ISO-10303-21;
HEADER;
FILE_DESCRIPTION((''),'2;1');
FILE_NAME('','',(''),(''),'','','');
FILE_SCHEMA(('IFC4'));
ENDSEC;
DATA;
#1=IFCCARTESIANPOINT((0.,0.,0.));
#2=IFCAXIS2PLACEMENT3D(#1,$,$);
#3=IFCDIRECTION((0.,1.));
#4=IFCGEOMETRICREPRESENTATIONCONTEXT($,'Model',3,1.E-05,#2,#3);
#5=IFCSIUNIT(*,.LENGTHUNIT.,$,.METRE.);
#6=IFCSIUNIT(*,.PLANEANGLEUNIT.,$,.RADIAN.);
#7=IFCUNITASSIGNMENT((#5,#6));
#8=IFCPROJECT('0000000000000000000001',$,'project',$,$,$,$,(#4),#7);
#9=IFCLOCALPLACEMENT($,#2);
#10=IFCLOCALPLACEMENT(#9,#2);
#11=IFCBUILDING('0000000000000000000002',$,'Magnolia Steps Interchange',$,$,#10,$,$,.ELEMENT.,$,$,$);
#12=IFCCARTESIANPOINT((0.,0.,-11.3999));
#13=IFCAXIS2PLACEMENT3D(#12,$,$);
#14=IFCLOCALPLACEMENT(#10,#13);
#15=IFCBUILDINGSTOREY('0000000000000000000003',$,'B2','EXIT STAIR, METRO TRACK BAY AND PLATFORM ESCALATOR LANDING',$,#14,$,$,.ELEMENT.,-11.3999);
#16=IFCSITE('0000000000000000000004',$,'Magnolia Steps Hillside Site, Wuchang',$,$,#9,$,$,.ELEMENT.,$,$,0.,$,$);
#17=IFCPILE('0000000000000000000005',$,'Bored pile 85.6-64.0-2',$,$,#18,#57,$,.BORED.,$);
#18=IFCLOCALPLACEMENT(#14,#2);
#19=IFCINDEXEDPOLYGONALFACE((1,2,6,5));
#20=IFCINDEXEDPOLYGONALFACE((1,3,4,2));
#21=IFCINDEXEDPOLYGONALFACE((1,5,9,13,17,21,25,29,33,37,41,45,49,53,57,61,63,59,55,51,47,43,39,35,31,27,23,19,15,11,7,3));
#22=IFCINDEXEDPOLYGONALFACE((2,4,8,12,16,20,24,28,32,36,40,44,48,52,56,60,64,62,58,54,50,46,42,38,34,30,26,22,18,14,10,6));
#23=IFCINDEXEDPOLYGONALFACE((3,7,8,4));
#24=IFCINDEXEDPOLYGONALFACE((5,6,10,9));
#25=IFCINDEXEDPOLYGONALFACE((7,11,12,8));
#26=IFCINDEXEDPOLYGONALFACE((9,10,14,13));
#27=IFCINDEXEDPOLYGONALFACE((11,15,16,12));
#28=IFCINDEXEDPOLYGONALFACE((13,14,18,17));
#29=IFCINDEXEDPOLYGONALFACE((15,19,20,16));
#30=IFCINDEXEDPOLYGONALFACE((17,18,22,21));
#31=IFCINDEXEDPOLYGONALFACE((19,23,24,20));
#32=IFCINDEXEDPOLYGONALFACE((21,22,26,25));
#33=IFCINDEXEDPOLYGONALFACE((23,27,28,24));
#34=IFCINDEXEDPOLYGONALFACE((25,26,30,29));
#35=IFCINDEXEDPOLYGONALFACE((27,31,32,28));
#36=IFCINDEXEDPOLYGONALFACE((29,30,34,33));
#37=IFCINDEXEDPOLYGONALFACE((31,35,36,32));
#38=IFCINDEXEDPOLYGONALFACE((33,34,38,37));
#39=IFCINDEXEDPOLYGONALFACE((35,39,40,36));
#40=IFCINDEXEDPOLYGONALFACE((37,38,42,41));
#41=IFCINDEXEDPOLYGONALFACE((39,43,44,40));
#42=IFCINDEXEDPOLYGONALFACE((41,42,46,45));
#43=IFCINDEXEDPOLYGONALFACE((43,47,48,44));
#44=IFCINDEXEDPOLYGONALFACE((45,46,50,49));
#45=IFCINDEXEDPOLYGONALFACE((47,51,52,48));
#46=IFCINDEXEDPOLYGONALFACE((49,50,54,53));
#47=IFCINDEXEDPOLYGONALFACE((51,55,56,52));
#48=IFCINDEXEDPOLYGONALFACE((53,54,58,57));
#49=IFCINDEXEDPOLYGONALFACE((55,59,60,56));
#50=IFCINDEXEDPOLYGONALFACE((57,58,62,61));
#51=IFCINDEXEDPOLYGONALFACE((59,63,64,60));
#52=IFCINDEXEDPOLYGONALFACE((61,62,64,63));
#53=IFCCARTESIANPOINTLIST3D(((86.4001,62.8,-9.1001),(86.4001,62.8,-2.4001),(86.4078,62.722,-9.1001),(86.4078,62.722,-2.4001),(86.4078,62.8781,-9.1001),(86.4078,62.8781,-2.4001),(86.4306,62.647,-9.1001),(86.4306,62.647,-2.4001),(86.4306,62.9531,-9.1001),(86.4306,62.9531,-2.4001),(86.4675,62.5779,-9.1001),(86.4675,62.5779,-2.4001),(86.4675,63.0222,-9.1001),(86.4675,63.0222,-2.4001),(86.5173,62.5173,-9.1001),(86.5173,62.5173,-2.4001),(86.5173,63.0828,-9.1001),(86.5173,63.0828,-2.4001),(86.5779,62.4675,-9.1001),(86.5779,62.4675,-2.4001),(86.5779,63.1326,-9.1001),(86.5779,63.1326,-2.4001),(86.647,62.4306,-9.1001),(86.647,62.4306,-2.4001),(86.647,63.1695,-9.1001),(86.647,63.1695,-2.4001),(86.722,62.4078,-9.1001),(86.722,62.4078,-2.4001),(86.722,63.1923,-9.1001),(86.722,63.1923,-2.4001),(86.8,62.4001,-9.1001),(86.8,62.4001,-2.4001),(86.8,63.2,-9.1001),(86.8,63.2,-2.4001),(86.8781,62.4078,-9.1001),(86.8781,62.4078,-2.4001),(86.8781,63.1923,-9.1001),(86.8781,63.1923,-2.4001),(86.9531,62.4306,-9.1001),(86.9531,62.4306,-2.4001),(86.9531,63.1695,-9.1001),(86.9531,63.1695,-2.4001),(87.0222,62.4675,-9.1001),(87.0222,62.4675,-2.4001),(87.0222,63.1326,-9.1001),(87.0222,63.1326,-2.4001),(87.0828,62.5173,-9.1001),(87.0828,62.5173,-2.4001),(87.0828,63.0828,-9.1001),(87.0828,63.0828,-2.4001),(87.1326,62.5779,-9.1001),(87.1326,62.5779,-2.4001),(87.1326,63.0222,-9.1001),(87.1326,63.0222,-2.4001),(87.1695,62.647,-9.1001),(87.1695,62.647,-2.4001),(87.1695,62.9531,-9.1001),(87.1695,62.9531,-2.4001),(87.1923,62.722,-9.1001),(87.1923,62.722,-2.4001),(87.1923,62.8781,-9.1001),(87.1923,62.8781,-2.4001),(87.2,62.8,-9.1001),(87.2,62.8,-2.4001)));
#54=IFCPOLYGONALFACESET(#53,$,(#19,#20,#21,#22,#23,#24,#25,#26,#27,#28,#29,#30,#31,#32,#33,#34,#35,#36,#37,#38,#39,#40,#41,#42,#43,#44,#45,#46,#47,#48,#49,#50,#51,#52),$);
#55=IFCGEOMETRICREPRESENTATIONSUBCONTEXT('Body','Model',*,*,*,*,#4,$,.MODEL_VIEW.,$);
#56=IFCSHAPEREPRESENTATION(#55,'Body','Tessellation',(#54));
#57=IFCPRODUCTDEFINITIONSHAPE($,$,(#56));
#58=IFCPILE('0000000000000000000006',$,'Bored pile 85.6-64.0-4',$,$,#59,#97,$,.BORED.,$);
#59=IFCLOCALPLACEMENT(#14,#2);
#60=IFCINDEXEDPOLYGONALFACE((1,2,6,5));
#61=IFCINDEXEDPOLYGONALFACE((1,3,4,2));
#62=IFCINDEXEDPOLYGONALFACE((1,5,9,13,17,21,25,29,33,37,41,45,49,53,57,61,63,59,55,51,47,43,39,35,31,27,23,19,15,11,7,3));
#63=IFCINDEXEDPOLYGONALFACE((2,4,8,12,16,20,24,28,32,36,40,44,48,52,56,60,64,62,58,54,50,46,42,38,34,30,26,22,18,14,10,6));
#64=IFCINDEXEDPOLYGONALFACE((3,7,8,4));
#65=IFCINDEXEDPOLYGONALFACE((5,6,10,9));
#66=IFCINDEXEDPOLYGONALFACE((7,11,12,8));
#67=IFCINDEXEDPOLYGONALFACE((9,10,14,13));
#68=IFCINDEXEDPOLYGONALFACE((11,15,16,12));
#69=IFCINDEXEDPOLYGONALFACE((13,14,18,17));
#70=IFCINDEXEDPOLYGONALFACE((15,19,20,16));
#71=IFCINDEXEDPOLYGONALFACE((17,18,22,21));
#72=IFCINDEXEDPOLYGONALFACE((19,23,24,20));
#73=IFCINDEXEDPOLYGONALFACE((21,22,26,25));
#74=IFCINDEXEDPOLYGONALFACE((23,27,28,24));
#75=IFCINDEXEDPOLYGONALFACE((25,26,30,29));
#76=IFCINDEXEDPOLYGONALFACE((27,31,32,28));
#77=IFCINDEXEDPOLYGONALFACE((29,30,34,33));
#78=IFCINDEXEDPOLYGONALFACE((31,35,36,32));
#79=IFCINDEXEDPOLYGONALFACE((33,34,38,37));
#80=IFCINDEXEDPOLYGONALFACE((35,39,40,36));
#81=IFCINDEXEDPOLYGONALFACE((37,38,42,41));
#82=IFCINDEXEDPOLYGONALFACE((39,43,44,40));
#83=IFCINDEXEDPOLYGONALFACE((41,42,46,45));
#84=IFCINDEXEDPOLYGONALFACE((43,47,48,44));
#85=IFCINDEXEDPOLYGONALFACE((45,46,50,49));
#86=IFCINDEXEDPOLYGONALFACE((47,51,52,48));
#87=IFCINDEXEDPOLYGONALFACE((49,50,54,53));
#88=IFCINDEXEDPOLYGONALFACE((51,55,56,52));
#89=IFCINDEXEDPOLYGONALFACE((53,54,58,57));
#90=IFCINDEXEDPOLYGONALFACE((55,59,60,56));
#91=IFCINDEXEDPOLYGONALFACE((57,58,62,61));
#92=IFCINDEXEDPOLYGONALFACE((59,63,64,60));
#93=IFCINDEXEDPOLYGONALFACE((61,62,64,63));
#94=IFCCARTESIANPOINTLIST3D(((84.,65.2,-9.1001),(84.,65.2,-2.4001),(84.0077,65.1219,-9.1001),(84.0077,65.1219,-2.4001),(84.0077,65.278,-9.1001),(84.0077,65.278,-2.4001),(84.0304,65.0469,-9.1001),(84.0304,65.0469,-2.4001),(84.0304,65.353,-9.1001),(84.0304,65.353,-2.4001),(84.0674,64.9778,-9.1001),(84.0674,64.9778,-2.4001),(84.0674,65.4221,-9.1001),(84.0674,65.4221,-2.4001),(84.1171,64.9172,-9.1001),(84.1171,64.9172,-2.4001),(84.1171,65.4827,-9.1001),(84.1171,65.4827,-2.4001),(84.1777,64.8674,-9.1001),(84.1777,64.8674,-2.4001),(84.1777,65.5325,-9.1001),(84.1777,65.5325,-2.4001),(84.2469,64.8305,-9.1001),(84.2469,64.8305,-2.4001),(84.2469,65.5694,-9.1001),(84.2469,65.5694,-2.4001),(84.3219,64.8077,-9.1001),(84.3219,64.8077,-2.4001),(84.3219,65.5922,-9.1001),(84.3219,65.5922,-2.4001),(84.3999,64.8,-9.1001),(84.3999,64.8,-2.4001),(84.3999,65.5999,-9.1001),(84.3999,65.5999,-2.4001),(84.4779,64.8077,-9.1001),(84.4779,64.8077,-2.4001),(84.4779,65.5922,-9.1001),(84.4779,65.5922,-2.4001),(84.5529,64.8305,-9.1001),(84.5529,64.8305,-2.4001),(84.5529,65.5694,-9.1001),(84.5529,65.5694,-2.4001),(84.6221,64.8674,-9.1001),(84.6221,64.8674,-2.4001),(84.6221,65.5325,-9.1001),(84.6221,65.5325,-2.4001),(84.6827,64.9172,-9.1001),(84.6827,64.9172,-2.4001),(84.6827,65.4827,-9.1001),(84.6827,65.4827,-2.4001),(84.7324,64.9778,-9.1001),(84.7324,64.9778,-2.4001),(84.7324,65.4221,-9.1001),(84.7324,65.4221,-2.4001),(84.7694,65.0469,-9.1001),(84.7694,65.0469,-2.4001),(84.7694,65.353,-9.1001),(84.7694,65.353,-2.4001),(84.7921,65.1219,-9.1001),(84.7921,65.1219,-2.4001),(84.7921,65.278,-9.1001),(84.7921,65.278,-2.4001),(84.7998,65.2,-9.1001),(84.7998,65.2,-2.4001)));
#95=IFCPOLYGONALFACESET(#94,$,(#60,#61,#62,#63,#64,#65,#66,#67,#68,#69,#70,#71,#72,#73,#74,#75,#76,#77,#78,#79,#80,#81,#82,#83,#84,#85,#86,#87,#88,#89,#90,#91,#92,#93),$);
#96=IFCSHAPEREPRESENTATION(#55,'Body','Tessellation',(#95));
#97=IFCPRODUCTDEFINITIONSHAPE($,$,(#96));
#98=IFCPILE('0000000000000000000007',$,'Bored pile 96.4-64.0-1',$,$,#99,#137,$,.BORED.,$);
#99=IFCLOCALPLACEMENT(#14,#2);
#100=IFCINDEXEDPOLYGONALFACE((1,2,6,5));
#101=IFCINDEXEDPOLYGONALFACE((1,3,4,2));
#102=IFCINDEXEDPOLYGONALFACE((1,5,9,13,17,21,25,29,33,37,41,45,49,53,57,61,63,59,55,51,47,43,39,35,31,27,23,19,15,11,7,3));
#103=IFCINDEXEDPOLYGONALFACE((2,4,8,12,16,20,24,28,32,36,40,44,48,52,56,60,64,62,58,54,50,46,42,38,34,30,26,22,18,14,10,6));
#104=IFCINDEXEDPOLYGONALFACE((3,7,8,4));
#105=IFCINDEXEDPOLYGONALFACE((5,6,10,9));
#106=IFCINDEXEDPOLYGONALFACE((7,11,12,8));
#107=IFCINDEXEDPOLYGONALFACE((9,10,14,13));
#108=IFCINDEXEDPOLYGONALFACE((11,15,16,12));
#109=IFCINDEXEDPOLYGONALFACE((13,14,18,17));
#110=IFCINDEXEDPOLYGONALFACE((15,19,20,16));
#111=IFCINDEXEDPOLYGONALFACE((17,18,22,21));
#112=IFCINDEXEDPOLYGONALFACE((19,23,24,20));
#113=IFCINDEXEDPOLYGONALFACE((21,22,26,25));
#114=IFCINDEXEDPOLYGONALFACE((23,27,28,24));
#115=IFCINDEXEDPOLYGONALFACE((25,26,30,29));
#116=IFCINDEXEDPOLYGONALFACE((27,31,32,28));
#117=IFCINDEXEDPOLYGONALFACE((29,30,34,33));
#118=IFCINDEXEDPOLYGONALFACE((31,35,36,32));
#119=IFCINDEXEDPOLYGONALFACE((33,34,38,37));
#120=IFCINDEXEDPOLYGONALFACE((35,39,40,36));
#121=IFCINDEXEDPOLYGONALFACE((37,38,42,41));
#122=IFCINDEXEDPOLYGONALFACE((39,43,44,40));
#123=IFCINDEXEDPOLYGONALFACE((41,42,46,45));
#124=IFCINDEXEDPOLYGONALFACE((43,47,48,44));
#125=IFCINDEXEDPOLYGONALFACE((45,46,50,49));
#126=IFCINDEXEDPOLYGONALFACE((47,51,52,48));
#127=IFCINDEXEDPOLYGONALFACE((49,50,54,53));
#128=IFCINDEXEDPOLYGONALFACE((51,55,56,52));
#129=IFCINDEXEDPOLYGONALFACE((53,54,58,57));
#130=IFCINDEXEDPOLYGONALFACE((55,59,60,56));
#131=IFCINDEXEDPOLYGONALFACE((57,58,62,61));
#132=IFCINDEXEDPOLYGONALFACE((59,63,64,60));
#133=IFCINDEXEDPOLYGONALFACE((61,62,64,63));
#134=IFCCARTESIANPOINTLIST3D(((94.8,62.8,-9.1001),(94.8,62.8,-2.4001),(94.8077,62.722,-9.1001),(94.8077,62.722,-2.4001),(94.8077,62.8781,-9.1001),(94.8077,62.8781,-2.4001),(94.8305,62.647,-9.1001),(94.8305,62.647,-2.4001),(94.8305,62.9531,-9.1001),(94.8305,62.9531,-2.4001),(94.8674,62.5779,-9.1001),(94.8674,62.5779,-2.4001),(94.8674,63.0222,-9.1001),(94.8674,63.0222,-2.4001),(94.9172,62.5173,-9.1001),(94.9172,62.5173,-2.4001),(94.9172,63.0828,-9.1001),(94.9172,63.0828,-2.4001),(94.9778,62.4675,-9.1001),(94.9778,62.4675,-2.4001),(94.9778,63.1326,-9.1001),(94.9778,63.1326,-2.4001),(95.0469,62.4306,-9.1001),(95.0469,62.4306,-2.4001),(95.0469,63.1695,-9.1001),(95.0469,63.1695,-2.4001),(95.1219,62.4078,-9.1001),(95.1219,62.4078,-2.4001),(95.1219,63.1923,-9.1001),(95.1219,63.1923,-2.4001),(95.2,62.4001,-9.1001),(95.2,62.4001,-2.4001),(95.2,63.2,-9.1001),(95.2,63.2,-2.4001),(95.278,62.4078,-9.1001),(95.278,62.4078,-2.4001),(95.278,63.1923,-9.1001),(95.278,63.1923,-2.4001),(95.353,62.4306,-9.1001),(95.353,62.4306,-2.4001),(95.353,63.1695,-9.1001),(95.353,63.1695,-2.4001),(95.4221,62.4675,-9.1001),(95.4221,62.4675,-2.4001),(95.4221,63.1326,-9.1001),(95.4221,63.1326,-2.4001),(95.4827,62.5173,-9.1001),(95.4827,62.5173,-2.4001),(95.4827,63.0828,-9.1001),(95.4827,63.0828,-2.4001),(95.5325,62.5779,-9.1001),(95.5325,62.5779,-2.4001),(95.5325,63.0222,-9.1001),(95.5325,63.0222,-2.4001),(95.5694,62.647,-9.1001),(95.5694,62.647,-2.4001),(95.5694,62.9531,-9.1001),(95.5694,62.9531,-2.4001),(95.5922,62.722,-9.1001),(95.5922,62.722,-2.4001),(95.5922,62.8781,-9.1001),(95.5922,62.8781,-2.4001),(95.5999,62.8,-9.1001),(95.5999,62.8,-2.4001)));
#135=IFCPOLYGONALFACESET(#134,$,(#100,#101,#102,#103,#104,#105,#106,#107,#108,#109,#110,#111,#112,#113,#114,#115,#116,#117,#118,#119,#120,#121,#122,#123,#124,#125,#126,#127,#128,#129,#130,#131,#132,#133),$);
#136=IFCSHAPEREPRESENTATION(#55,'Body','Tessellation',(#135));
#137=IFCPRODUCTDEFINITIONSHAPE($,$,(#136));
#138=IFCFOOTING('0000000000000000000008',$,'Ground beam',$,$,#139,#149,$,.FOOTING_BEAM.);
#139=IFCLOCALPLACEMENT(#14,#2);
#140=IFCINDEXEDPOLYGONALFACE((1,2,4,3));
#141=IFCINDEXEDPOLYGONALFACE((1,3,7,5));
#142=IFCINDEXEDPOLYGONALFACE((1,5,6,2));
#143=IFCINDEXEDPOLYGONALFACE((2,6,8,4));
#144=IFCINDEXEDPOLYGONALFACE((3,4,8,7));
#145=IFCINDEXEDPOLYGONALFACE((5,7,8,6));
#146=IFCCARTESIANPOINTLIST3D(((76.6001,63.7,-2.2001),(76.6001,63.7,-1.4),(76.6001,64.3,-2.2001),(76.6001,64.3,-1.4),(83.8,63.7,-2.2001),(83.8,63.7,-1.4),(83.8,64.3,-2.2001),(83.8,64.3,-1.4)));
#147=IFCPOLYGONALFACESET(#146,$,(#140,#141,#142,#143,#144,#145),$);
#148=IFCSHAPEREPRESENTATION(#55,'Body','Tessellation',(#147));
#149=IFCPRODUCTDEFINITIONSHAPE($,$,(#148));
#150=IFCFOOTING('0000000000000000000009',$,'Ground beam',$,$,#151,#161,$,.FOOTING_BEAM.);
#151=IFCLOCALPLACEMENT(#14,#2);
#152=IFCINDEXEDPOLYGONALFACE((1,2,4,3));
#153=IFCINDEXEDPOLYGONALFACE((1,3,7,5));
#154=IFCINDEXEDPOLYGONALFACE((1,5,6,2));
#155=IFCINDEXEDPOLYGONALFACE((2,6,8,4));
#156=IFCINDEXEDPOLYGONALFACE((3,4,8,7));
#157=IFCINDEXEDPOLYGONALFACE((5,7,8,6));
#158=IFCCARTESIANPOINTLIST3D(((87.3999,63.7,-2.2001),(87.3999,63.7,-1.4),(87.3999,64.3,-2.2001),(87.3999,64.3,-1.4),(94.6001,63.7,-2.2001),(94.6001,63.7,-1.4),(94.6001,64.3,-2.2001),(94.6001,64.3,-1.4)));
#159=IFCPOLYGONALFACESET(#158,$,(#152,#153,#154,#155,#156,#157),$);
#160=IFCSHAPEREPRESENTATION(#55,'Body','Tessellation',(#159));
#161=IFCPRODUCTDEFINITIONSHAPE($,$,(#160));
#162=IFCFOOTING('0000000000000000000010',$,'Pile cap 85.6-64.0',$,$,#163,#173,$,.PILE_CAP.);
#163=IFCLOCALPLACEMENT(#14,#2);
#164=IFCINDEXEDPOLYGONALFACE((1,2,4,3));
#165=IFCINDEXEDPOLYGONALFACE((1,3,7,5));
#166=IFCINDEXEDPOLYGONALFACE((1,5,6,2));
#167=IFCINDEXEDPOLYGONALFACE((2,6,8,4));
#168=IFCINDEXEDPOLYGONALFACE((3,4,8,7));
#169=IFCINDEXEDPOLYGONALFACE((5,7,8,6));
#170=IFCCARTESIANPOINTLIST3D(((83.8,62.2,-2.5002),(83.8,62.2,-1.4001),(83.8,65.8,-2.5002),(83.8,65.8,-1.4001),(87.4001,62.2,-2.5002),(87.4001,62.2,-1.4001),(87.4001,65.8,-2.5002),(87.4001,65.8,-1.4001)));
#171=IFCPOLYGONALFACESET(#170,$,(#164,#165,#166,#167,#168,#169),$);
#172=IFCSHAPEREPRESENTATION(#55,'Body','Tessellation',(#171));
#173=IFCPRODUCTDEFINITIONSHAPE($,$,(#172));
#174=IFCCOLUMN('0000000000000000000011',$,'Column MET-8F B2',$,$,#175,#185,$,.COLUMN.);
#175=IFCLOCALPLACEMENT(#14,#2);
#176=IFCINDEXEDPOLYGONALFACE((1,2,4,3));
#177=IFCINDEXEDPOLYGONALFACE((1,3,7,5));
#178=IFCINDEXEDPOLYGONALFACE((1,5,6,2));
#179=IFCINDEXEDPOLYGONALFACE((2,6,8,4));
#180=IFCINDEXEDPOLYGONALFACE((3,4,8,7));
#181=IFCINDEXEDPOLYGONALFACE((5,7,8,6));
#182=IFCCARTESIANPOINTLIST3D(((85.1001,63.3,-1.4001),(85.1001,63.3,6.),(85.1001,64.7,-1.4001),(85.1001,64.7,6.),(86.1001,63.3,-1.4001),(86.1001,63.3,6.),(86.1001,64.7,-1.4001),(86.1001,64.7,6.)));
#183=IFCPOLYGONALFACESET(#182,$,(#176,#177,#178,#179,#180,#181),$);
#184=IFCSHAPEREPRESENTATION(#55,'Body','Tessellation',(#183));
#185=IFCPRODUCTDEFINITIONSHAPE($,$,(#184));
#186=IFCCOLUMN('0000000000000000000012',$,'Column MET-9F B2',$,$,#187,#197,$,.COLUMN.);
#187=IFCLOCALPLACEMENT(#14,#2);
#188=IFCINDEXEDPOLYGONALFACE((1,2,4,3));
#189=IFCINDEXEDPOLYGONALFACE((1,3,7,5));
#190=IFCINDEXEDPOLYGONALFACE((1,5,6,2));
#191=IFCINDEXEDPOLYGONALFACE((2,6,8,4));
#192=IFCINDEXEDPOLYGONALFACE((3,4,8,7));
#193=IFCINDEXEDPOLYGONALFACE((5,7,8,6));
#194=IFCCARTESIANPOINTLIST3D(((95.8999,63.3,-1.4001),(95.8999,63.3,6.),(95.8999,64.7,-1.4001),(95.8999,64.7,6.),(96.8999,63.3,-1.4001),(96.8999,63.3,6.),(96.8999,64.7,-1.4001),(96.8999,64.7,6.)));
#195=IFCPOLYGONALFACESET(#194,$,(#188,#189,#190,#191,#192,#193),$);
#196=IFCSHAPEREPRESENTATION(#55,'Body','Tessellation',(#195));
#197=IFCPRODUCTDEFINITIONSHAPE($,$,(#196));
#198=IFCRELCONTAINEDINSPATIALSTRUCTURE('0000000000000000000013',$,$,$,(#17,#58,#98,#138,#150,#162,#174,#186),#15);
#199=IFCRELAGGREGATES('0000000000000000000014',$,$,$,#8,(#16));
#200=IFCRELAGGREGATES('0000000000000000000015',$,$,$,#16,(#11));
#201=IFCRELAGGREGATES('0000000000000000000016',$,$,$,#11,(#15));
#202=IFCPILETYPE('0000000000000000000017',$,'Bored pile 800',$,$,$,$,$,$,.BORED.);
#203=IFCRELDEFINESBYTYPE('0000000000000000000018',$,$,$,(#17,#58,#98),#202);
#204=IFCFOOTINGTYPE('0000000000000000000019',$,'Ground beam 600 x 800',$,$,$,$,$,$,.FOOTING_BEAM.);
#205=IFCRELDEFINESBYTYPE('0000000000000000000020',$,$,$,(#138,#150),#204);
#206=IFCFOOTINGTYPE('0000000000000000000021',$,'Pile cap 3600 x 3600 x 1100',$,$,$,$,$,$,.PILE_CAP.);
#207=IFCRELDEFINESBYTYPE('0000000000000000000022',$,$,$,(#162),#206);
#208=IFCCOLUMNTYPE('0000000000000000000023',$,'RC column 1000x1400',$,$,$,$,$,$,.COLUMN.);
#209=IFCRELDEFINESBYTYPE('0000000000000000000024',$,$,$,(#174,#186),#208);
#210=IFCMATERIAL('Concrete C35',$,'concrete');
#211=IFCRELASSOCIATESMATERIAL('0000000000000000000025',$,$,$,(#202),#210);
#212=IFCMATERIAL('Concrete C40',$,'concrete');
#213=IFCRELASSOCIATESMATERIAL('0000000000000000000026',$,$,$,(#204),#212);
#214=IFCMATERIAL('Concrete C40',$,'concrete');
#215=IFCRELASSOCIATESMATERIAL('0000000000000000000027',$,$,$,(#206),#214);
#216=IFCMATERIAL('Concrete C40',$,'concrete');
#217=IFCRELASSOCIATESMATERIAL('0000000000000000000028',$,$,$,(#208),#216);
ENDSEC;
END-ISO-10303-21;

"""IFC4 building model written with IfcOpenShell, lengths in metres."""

from ifc_helpers import new_model, si_unit, direction, frame, origin, origin_2d, place, context, subcontext, project, spatial, rectangle, circle, extrude, material, material_profile, profile_set, type_object, element, save


model = new_model("IFC4")

# Units and contexts
model_context = context("Model", 3, precision=1e-05, world=origin(), true_north=direction((0.0, 1.0)))
body_context = subcontext(model_context, "Body", "Model", "MODEL_VIEW")
ifc_project = project(units=[si_unit("LENGTHUNIT", "METRE"), si_unit("PLANEANGLEUNIT", "RADIAN")], contexts=[model_context])

# Site, building, storey
site_placement = place(None, origin())
site = spatial("IfcSite", under=ifc_project, at=site_placement, Name="Magnolia Steps Hillside Site, Wuchang", CompositionType="ELEMENT", RefElevation=0.0)
building_placement = place(site_placement, origin())
building = spatial("IfcBuilding", under=site, at=building_placement, Name="Magnolia Steps Interchange", CompositionType="ELEMENT")
storey_placement = place(building_placement, frame((0.0, 0.0, -11.3999)))
storey = spatial("IfcBuildingStorey", under=building, at=storey_placement, Name="B2", Description="EXIT STAIR, METRO TRACK BAY AND PLATFORM ESCALATOR LANDING", CompositionType="ELEMENT", Elevation=-11.3999)

# Piles
ifc_material_1 = material(Name="Concrete C35", Category="concrete")
ifc_material_profile_1 = material_profile(ifc_material_1, circle(Radius=0.3999, at=origin_2d()), Name="Bored pile 800")
ifc_profile_set_1 = profile_set([ifc_material_profile_1], Name="Concrete C35")
pile_type_1 = type_object("IfcPileType", Name="Bored pile 800", PredefinedType="BORED", material=ifc_profile_set_1)
for number, where, z_axis, x_axis, name in (
    (1, (86.8, 62.8, -2.4001), (0.0, 0.0, -1.0), (1.0, 0.0, 0.0), "Bored pile 85.6-64.0-2"),
    (2, (84.3999, 65.2, -2.4001), (0.0, 0.0, -1.0), (1.0, 0.0, 0.0), "Bored pile 85.6-64.0-4"),
    (3, (95.2, 62.8, -2.4001), (0.0, 0.0, -1.0), (1.0, 0.0, 0.0), "Bored pile 96.4-64.0-1"),
):
    element("IfcPile", number, at=place(storey_placement, frame(where, z_axis=z_axis, x_axis=x_axis)), inside=storey, type_object=pile_type_1, Name=name, PredefinedType="BORED", context=body_context, shape_type="SweptSolid", body=[
        extrude(circle(Radius=0.3999, at=origin_2d()), origin(), (0.0, 0.0, 1.0), 6.7),
    ])

# Footings
ifc_material_2 = material(Name="Concrete C40", Category="concrete")
ifc_material_profile_2 = material_profile(ifc_material_2, rectangle(XDim=0.6001, YDim=0.8, at=origin_2d()), Name="RC600x800")
ifc_profile_set_2 = profile_set([ifc_material_profile_2], Name="Concrete C40")
footing_type_1 = type_object("IfcFootingType", Name="Ground beam 600 x 800", PredefinedType="FOOTING_BEAM", material=ifc_profile_set_2)
footing_1_placement = place(storey_placement, frame((76.6001, 64.0, -1.8), z_axis=(1.0, 0.0, 0.0), x_axis=(0.0, 1.0, 0.0)))
element("IfcFooting", 4, at=footing_1_placement, inside=storey, type_object=footing_type_1, Name="Ground beam", PredefinedType="FOOTING_BEAM", context=body_context, shape_type="SweptSolid", body=[
    extrude(rectangle(XDim=0.6001, YDim=0.8, at=origin_2d()), origin(), (0.0, 0.0, 1.0), 7.2),
])
footing_2_placement = place(storey_placement, frame((87.3999, 64.0, -1.8), z_axis=(1.0, 0.0, 0.0), x_axis=(0.0, 1.0, 0.0)))
element("IfcFooting", 5, at=footing_2_placement, inside=storey, type_object=footing_type_1, Name="Ground beam", PredefinedType="FOOTING_BEAM", context=body_context, shape_type="SweptSolid", body=[
    extrude(rectangle(XDim=0.6001, YDim=0.8, at=origin_2d()), origin(), (0.0, 0.0, 1.0), 7.2002),
])
ifc_material_3 = material(Name="Concrete C40", Category="concrete")
footing_type_2 = type_object("IfcFootingType", Name="Pile cap 3600 x 3600 x 1100", PredefinedType="PILE_CAP", material=ifc_material_3)
footing_3_placement = place(storey_placement, frame((85.6001, 64.0, -2.5002), z_axis=(0.0, 0.0, 1.0), x_axis=(1.0, 0.0, 0.0)))
element("IfcFooting", 6, at=footing_3_placement, inside=storey, type_object=footing_type_2, Name="Pile cap 85.6-64.0", PredefinedType="PILE_CAP", context=body_context, shape_type="SweptSolid", body=[
    extrude(rectangle(XDim=3.6001, YDim=3.6001, at=origin_2d()), origin(), (0.0, 0.0, 1.0), 1.1001),
])

# Columns
ifc_material_4 = material(Name="Concrete C40", Category="concrete")
ifc_material_profile_3 = material_profile(ifc_material_4, rectangle(XDim=1.0, YDim=1.3999, at=origin_2d()), Name="RC1000x1400")
ifc_profile_set_3 = profile_set([ifc_material_profile_3], Name="Concrete C40")
column_type = type_object("IfcColumnType", Name="RC column 1000x1400", PredefinedType="COLUMN", material=ifc_profile_set_3)
for number, where, z_axis, x_axis, name in (
    (7, (85.6001, 64.0, -1.4001), (0.0, 0.0, 1.0), (1.0, 0.0, 0.0), "Column MET-8F B2"),
    (8, (96.3999, 64.0, -1.4001), (0.0, 0.0, 1.0), (1.0, 0.0, 0.0), "Column MET-9F B2"),
):
    element("IfcColumn", number, at=place(storey_placement, frame(where, z_axis=z_axis, x_axis=x_axis)), inside=storey, type_object=column_type, Name=name, PredefinedType="COLUMN", context=body_context, shape_type="SweptSolid", body=[
        extrude(rectangle(XDim=1.0, YDim=1.3999, at=origin_2d()), origin(), (0.0, 0.0, 1.0), 7.4001),
    ])

save(model, "model.ifc")
